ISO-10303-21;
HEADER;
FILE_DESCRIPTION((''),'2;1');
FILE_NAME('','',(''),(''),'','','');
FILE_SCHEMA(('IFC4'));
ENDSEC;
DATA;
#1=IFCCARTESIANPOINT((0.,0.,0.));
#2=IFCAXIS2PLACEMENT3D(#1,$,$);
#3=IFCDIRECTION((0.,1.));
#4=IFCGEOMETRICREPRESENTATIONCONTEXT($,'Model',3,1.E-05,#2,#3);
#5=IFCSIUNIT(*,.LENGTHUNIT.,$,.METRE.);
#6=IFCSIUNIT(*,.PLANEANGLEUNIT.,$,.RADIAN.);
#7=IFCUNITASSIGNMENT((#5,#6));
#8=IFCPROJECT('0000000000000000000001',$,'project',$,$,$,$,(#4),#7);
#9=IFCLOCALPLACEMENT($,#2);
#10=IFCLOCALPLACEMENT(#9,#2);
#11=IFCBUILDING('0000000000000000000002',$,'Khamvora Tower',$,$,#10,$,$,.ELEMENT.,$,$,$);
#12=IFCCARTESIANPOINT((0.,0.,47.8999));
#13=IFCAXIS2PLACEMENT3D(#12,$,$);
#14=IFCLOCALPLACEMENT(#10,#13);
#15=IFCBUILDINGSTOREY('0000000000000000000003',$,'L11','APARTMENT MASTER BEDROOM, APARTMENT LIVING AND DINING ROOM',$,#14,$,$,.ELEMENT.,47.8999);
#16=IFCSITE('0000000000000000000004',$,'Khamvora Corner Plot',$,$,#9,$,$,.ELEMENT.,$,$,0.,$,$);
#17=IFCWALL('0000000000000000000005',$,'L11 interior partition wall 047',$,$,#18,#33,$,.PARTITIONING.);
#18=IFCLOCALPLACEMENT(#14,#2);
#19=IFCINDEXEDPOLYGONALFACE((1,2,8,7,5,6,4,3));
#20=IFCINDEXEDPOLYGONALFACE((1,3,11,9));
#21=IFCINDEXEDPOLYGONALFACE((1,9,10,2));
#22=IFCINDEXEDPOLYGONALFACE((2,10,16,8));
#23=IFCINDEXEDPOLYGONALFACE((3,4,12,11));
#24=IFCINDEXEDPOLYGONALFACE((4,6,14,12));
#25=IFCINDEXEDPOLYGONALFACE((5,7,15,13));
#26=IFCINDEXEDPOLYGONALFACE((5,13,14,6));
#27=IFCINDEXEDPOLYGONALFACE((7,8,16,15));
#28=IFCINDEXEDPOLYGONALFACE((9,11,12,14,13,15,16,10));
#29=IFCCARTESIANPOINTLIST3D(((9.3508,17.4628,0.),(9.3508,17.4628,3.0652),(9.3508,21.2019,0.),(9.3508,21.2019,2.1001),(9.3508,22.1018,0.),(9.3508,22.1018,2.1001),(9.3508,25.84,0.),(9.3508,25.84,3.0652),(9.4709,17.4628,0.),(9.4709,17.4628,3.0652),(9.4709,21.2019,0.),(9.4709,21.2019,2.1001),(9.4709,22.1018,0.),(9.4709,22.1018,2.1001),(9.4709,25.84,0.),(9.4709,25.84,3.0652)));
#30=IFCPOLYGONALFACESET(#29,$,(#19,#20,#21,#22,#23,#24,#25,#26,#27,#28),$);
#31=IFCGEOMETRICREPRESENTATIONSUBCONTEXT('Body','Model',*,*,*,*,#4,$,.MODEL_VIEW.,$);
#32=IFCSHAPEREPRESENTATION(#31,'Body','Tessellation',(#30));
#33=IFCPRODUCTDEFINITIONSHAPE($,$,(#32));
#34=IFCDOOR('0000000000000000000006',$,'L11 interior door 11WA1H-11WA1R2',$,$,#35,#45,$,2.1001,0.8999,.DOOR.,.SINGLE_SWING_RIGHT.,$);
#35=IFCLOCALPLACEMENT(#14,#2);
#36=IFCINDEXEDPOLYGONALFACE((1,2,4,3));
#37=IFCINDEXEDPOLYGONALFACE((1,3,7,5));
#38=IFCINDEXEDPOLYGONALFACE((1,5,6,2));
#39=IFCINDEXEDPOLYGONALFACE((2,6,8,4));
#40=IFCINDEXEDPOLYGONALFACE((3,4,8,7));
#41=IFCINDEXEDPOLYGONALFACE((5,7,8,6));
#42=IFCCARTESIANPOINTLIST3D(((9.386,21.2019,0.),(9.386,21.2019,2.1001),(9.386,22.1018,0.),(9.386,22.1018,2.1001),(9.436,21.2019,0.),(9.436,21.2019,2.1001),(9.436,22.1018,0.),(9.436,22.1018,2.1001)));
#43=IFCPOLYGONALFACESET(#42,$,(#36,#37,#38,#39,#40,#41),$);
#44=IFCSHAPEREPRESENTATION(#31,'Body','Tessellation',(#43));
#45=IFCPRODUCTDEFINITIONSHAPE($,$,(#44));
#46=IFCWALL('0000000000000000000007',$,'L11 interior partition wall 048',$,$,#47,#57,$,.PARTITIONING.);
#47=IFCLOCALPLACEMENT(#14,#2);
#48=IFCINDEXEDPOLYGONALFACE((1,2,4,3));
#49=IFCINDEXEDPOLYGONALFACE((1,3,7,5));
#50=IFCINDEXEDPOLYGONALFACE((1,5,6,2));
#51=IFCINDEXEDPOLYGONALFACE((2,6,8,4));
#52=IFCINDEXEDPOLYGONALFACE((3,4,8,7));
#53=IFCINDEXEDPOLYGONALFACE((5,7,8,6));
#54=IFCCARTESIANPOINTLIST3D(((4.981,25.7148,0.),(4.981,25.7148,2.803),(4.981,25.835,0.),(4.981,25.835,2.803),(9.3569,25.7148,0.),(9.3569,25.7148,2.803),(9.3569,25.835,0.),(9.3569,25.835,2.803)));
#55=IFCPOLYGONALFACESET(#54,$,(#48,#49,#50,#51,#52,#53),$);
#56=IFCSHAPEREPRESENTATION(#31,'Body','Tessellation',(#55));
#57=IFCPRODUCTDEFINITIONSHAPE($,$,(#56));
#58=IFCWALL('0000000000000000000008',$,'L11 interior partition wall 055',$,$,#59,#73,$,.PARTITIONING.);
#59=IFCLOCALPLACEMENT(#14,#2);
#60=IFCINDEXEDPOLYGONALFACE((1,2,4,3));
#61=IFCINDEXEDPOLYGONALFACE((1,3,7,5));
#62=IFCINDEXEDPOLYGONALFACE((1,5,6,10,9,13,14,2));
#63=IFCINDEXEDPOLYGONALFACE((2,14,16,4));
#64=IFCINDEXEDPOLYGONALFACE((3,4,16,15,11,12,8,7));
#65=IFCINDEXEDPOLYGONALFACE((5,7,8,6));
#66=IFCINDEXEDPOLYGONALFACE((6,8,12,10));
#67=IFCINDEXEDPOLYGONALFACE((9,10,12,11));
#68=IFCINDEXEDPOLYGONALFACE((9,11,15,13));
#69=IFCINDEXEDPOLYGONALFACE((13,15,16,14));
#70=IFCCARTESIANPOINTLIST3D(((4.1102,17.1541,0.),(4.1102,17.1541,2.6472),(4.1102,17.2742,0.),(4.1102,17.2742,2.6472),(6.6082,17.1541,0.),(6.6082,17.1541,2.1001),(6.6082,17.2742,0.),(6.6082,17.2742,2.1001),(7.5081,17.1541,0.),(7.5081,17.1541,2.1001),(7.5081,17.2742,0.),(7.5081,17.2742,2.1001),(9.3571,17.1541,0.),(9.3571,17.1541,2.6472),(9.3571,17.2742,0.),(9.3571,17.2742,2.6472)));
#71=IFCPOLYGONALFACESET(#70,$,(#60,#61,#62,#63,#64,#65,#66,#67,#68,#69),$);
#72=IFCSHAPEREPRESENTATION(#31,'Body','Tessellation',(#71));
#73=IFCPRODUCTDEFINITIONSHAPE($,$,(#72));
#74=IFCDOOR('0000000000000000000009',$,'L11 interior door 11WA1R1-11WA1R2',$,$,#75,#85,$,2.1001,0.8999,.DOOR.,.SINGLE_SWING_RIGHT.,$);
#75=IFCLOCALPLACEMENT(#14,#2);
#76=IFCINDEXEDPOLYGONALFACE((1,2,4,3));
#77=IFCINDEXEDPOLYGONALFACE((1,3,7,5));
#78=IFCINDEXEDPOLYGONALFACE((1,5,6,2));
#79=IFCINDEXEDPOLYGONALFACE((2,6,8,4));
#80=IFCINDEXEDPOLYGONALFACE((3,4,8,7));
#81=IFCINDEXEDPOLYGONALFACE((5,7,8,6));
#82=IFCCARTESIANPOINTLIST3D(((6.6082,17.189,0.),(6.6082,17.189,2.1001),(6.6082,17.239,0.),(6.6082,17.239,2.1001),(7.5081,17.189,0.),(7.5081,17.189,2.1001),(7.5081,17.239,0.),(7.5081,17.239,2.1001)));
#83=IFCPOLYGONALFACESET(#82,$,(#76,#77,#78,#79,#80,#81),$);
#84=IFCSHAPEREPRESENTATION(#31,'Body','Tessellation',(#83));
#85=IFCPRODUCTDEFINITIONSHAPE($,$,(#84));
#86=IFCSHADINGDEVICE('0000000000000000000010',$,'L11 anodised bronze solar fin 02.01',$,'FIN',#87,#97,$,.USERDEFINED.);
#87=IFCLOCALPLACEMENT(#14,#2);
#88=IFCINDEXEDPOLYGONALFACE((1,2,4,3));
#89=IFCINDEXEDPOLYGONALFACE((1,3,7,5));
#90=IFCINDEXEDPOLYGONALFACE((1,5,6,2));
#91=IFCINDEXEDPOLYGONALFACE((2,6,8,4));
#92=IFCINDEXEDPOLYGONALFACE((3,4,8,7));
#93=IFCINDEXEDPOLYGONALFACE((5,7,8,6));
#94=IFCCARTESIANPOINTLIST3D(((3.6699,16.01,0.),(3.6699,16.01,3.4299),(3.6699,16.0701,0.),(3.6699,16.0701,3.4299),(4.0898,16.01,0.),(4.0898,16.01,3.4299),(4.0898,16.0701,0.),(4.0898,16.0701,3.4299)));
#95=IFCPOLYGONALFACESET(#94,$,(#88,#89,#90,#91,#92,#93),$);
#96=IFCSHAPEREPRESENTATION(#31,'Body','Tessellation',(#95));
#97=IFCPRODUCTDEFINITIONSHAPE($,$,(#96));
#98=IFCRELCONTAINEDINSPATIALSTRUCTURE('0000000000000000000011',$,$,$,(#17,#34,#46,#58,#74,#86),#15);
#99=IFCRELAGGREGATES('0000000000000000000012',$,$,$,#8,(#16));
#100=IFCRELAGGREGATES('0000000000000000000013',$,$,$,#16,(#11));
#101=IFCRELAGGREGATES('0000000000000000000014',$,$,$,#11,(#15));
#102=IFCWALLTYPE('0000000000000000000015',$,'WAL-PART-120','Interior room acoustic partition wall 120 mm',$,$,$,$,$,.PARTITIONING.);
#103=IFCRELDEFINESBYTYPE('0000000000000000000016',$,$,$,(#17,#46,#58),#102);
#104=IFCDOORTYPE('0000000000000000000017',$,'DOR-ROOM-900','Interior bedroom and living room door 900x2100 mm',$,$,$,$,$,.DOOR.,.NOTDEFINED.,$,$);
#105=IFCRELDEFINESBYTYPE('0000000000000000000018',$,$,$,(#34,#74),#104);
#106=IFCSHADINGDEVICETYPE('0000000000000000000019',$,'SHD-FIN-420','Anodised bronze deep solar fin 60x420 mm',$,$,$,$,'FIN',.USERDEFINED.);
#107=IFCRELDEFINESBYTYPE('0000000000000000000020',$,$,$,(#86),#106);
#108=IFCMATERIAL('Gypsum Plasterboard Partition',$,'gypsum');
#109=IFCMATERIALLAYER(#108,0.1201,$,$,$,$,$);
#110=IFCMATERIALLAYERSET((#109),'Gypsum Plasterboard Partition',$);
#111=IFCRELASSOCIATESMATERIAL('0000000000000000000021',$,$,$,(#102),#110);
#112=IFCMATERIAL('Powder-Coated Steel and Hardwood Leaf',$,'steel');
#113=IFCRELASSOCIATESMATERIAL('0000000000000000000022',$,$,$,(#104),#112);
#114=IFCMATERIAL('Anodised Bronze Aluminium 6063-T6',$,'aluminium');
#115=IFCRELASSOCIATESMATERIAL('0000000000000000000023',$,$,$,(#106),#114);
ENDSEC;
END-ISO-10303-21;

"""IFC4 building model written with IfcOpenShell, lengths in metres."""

from ifc_helpers import new_model, si_unit, direction, frame, frame_2d, origin, origin_2d, place, context, subcontext, project, spatial, rectangle, extrude, material, layer, layer_set, type_object, element, fill, save


model = new_model("IFC4")

# Units and contexts
model_context = context("Model", 3, precision=1e-05, world=origin(), true_north=direction((0.0, 1.0)))
body_context = subcontext(model_context, "Body", "Model", "MODEL_VIEW")
ifc_project = project(units=[si_unit("LENGTHUNIT", "METRE"), si_unit("PLANEANGLEUNIT", "RADIAN")], contexts=[model_context])

# Site, building, storey
site_placement = place(None, origin())
site = spatial("IfcSite", under=ifc_project, at=site_placement, Name="Khamvora Corner Plot", CompositionType="ELEMENT", RefElevation=0.0)
building_placement = place(site_placement, origin())
building = spatial("IfcBuilding", under=site, at=building_placement, Name="Khamvora Tower", CompositionType="ELEMENT")
storey_placement = place(building_placement, frame((0.0, 0.0, 47.8999)))
storey = spatial("IfcBuildingStorey", under=building, at=storey_placement, Name="L11", Description="APARTMENT MASTER BEDROOM, APARTMENT LIVING AND DINING ROOM", CompositionType="ELEMENT", Elevation=47.8999)

# Wall, opening, door
ifc_material_1 = material(Name="Gypsum Plasterboard Partition", Category="gypsum")
ifc_layer_1 = layer(ifc_material_1, 0.1201)
ifc_layer_set_1 = layer_set([ifc_layer_1], Name="Gypsum Plasterboard Partition")
wall_type_1 = type_object("IfcWallType", Name="WAL-PART-120", Description="Interior room acoustic partition wall 120 mm", PredefinedType="PARTITIONING", material=ifc_layer_set_1)
wall_1_placement = place(storey_placement, frame((9.4109, 17.4629, 0.0), z_axis=(0.0, 0.0, 1.0), x_axis=(0.0, 1.0, 0.0)))
wall_1 = element("IfcWall", 1, at=wall_1_placement, inside=storey, type_object=wall_type_1, Name="L11 interior partition wall 047", PredefinedType="PARTITIONING", context=body_context, shape_type="SweptSolid", body=[
    extrude(rectangle(XDim=8.3772, YDim=0.1201, at=frame_2d((4.1885, 0.0))), origin(), (0.0, 0.0, 1.0), 3.0652),
])
opening_1_placement = place(wall_1_placement, frame((3.739, 0.0, 0.0)))
opening_1 = element("IfcOpeningElement", 2, at=opening_1_placement, cuts=wall_1, PredefinedType="OPENING", context=body_context, shape_type="SweptSolid", body=[
    extrude(rectangle(XDim=0.8999, YDim=2.1001, at=frame_2d((0.45, 1.05))), frame((0.0, 0.0701, 0.0), z_axis=(0.0, -1.0, 0.0), x_axis=(1.0, 0.0, 0.0)), (0.0, 0.0, 1.0), 0.1401),
])
ifc_material_2 = material(Name="Powder-Coated Steel and Hardwood Leaf", Category="steel")
door_type = type_object("IfcDoorType", Name="DOR-ROOM-900", Description="Interior bedroom and living room door 900x2100 mm", OperationType="NOTDEFINED", PredefinedType="DOOR", material=ifc_material_2)
door_1_placement = place(opening_1_placement, origin())
door_1 = element("IfcDoor", 3, at=door_1_placement, inside=storey, type_object=door_type, Name="L11 interior door 11WA1H-11WA1R2", OperationType="SINGLE_SWING_RIGHT", OverallHeight=2.1001, OverallWidth=0.8999, PredefinedType="DOOR", context=body_context, shape_type="SweptSolid", body=[
    extrude(rectangle(XDim=0.8999, YDim=2.1001, at=frame_2d((0.45, 1.05))), frame((0.0, 0.0249, 0.0), z_axis=(0.0, -1.0, 0.0), x_axis=(1.0, 0.0, 0.0)), (0.0, 0.0, 1.0), 0.05),
])
fill(opening_1, door_1)

# Wall
wall_2_placement = place(storey_placement, frame((9.3569, 25.7749, 0.0), z_axis=(0.0, 0.0, 1.0), x_axis=(-1.0, 0.0, 0.0)))
element("IfcWall", 4, at=wall_2_placement, inside=storey, type_object=wall_type_1, Name="L11 interior partition wall 048", PredefinedType="PARTITIONING", context=body_context, shape_type="SweptSolid", body=[
    extrude(rectangle(XDim=4.376, YDim=0.1201, at=frame_2d((2.188, 0.0))), origin(), (0.0, 0.0, 1.0), 2.803),
])

# Wall, opening, door
wall_3_placement = place(storey_placement, frame((4.1101, 17.2141, 0.0), z_axis=(0.0, 0.0, 1.0), x_axis=(1.0, 0.0, 0.0)))
wall_3 = element("IfcWall", 5, at=wall_3_placement, inside=storey, type_object=wall_type_1, Name="L11 interior partition wall 055", PredefinedType="PARTITIONING", context=body_context, shape_type="SweptSolid", body=[
    extrude(rectangle(XDim=5.2468, YDim=0.1201, at=frame_2d((2.6235, 0.0))), origin(), (0.0, 0.0, 1.0), 2.6472),
])
opening_2_placement = place(wall_3_placement, frame((2.498, 0.0, 0.0)))
opening_2 = element("IfcOpeningElement", 6, at=opening_2_placement, cuts=wall_3, PredefinedType="OPENING", context=body_context, shape_type="SweptSolid", body=[
    extrude(rectangle(XDim=0.8999, YDim=2.1001, at=frame_2d((0.45, 1.05))), frame((0.0, 0.0701, 0.0), z_axis=(0.0, -1.0, 0.0), x_axis=(1.0, 0.0, 0.0)), (0.0, 0.0, 1.0), 0.1401),
])
door_2_placement = place(opening_2_placement, origin())
door_2 = element("IfcDoor", 7, at=door_2_placement, inside=storey, type_object=door_type, Name="L11 interior door 11WA1R1-11WA1R2", OperationType="SINGLE_SWING_RIGHT", OverallHeight=2.1001, OverallWidth=0.8999, PredefinedType="DOOR", context=body_context, shape_type="SweptSolid", body=[
    extrude(rectangle(XDim=0.8999, YDim=2.1001, at=frame_2d((0.45, 1.05))), frame((0.0, 0.0249, 0.0), z_axis=(0.0, -1.0, 0.0), x_axis=(1.0, 0.0, 0.0)), (0.0, 0.0, 1.0), 0.05),
])
fill(opening_2, door_2)

# Shading device
ifc_material_3 = material(Name="Anodised Bronze Aluminium 6063-T6", Category="aluminium")
shading_device_type = type_object("IfcShadingDeviceType", Name="SHD-FIN-420", Description="Anodised bronze deep solar fin 60x420 mm", ElementType="FIN", PredefinedType="USERDEFINED", material=ifc_material_3)
shading_device_placement = place(storey_placement, frame((3.8799, 16.04, 0.0), z_axis=(0.0, 0.0, 1.0), x_axis=(0.0, 1.0, 0.0)))
element("IfcShadingDevice", 8, at=shading_device_placement, inside=storey, type_object=shading_device_type, Name="L11 anodised bronze solar fin 02.01", ObjectType="FIN", PredefinedType="USERDEFINED", context=body_context, shape_type="SweptSolid", body=[
    extrude(rectangle(XDim=0.0601, YDim=0.4199, at=origin_2d()), origin(), (0.0, 0.0, 1.0), 3.4299),
])

save(model, "model.ifc")
